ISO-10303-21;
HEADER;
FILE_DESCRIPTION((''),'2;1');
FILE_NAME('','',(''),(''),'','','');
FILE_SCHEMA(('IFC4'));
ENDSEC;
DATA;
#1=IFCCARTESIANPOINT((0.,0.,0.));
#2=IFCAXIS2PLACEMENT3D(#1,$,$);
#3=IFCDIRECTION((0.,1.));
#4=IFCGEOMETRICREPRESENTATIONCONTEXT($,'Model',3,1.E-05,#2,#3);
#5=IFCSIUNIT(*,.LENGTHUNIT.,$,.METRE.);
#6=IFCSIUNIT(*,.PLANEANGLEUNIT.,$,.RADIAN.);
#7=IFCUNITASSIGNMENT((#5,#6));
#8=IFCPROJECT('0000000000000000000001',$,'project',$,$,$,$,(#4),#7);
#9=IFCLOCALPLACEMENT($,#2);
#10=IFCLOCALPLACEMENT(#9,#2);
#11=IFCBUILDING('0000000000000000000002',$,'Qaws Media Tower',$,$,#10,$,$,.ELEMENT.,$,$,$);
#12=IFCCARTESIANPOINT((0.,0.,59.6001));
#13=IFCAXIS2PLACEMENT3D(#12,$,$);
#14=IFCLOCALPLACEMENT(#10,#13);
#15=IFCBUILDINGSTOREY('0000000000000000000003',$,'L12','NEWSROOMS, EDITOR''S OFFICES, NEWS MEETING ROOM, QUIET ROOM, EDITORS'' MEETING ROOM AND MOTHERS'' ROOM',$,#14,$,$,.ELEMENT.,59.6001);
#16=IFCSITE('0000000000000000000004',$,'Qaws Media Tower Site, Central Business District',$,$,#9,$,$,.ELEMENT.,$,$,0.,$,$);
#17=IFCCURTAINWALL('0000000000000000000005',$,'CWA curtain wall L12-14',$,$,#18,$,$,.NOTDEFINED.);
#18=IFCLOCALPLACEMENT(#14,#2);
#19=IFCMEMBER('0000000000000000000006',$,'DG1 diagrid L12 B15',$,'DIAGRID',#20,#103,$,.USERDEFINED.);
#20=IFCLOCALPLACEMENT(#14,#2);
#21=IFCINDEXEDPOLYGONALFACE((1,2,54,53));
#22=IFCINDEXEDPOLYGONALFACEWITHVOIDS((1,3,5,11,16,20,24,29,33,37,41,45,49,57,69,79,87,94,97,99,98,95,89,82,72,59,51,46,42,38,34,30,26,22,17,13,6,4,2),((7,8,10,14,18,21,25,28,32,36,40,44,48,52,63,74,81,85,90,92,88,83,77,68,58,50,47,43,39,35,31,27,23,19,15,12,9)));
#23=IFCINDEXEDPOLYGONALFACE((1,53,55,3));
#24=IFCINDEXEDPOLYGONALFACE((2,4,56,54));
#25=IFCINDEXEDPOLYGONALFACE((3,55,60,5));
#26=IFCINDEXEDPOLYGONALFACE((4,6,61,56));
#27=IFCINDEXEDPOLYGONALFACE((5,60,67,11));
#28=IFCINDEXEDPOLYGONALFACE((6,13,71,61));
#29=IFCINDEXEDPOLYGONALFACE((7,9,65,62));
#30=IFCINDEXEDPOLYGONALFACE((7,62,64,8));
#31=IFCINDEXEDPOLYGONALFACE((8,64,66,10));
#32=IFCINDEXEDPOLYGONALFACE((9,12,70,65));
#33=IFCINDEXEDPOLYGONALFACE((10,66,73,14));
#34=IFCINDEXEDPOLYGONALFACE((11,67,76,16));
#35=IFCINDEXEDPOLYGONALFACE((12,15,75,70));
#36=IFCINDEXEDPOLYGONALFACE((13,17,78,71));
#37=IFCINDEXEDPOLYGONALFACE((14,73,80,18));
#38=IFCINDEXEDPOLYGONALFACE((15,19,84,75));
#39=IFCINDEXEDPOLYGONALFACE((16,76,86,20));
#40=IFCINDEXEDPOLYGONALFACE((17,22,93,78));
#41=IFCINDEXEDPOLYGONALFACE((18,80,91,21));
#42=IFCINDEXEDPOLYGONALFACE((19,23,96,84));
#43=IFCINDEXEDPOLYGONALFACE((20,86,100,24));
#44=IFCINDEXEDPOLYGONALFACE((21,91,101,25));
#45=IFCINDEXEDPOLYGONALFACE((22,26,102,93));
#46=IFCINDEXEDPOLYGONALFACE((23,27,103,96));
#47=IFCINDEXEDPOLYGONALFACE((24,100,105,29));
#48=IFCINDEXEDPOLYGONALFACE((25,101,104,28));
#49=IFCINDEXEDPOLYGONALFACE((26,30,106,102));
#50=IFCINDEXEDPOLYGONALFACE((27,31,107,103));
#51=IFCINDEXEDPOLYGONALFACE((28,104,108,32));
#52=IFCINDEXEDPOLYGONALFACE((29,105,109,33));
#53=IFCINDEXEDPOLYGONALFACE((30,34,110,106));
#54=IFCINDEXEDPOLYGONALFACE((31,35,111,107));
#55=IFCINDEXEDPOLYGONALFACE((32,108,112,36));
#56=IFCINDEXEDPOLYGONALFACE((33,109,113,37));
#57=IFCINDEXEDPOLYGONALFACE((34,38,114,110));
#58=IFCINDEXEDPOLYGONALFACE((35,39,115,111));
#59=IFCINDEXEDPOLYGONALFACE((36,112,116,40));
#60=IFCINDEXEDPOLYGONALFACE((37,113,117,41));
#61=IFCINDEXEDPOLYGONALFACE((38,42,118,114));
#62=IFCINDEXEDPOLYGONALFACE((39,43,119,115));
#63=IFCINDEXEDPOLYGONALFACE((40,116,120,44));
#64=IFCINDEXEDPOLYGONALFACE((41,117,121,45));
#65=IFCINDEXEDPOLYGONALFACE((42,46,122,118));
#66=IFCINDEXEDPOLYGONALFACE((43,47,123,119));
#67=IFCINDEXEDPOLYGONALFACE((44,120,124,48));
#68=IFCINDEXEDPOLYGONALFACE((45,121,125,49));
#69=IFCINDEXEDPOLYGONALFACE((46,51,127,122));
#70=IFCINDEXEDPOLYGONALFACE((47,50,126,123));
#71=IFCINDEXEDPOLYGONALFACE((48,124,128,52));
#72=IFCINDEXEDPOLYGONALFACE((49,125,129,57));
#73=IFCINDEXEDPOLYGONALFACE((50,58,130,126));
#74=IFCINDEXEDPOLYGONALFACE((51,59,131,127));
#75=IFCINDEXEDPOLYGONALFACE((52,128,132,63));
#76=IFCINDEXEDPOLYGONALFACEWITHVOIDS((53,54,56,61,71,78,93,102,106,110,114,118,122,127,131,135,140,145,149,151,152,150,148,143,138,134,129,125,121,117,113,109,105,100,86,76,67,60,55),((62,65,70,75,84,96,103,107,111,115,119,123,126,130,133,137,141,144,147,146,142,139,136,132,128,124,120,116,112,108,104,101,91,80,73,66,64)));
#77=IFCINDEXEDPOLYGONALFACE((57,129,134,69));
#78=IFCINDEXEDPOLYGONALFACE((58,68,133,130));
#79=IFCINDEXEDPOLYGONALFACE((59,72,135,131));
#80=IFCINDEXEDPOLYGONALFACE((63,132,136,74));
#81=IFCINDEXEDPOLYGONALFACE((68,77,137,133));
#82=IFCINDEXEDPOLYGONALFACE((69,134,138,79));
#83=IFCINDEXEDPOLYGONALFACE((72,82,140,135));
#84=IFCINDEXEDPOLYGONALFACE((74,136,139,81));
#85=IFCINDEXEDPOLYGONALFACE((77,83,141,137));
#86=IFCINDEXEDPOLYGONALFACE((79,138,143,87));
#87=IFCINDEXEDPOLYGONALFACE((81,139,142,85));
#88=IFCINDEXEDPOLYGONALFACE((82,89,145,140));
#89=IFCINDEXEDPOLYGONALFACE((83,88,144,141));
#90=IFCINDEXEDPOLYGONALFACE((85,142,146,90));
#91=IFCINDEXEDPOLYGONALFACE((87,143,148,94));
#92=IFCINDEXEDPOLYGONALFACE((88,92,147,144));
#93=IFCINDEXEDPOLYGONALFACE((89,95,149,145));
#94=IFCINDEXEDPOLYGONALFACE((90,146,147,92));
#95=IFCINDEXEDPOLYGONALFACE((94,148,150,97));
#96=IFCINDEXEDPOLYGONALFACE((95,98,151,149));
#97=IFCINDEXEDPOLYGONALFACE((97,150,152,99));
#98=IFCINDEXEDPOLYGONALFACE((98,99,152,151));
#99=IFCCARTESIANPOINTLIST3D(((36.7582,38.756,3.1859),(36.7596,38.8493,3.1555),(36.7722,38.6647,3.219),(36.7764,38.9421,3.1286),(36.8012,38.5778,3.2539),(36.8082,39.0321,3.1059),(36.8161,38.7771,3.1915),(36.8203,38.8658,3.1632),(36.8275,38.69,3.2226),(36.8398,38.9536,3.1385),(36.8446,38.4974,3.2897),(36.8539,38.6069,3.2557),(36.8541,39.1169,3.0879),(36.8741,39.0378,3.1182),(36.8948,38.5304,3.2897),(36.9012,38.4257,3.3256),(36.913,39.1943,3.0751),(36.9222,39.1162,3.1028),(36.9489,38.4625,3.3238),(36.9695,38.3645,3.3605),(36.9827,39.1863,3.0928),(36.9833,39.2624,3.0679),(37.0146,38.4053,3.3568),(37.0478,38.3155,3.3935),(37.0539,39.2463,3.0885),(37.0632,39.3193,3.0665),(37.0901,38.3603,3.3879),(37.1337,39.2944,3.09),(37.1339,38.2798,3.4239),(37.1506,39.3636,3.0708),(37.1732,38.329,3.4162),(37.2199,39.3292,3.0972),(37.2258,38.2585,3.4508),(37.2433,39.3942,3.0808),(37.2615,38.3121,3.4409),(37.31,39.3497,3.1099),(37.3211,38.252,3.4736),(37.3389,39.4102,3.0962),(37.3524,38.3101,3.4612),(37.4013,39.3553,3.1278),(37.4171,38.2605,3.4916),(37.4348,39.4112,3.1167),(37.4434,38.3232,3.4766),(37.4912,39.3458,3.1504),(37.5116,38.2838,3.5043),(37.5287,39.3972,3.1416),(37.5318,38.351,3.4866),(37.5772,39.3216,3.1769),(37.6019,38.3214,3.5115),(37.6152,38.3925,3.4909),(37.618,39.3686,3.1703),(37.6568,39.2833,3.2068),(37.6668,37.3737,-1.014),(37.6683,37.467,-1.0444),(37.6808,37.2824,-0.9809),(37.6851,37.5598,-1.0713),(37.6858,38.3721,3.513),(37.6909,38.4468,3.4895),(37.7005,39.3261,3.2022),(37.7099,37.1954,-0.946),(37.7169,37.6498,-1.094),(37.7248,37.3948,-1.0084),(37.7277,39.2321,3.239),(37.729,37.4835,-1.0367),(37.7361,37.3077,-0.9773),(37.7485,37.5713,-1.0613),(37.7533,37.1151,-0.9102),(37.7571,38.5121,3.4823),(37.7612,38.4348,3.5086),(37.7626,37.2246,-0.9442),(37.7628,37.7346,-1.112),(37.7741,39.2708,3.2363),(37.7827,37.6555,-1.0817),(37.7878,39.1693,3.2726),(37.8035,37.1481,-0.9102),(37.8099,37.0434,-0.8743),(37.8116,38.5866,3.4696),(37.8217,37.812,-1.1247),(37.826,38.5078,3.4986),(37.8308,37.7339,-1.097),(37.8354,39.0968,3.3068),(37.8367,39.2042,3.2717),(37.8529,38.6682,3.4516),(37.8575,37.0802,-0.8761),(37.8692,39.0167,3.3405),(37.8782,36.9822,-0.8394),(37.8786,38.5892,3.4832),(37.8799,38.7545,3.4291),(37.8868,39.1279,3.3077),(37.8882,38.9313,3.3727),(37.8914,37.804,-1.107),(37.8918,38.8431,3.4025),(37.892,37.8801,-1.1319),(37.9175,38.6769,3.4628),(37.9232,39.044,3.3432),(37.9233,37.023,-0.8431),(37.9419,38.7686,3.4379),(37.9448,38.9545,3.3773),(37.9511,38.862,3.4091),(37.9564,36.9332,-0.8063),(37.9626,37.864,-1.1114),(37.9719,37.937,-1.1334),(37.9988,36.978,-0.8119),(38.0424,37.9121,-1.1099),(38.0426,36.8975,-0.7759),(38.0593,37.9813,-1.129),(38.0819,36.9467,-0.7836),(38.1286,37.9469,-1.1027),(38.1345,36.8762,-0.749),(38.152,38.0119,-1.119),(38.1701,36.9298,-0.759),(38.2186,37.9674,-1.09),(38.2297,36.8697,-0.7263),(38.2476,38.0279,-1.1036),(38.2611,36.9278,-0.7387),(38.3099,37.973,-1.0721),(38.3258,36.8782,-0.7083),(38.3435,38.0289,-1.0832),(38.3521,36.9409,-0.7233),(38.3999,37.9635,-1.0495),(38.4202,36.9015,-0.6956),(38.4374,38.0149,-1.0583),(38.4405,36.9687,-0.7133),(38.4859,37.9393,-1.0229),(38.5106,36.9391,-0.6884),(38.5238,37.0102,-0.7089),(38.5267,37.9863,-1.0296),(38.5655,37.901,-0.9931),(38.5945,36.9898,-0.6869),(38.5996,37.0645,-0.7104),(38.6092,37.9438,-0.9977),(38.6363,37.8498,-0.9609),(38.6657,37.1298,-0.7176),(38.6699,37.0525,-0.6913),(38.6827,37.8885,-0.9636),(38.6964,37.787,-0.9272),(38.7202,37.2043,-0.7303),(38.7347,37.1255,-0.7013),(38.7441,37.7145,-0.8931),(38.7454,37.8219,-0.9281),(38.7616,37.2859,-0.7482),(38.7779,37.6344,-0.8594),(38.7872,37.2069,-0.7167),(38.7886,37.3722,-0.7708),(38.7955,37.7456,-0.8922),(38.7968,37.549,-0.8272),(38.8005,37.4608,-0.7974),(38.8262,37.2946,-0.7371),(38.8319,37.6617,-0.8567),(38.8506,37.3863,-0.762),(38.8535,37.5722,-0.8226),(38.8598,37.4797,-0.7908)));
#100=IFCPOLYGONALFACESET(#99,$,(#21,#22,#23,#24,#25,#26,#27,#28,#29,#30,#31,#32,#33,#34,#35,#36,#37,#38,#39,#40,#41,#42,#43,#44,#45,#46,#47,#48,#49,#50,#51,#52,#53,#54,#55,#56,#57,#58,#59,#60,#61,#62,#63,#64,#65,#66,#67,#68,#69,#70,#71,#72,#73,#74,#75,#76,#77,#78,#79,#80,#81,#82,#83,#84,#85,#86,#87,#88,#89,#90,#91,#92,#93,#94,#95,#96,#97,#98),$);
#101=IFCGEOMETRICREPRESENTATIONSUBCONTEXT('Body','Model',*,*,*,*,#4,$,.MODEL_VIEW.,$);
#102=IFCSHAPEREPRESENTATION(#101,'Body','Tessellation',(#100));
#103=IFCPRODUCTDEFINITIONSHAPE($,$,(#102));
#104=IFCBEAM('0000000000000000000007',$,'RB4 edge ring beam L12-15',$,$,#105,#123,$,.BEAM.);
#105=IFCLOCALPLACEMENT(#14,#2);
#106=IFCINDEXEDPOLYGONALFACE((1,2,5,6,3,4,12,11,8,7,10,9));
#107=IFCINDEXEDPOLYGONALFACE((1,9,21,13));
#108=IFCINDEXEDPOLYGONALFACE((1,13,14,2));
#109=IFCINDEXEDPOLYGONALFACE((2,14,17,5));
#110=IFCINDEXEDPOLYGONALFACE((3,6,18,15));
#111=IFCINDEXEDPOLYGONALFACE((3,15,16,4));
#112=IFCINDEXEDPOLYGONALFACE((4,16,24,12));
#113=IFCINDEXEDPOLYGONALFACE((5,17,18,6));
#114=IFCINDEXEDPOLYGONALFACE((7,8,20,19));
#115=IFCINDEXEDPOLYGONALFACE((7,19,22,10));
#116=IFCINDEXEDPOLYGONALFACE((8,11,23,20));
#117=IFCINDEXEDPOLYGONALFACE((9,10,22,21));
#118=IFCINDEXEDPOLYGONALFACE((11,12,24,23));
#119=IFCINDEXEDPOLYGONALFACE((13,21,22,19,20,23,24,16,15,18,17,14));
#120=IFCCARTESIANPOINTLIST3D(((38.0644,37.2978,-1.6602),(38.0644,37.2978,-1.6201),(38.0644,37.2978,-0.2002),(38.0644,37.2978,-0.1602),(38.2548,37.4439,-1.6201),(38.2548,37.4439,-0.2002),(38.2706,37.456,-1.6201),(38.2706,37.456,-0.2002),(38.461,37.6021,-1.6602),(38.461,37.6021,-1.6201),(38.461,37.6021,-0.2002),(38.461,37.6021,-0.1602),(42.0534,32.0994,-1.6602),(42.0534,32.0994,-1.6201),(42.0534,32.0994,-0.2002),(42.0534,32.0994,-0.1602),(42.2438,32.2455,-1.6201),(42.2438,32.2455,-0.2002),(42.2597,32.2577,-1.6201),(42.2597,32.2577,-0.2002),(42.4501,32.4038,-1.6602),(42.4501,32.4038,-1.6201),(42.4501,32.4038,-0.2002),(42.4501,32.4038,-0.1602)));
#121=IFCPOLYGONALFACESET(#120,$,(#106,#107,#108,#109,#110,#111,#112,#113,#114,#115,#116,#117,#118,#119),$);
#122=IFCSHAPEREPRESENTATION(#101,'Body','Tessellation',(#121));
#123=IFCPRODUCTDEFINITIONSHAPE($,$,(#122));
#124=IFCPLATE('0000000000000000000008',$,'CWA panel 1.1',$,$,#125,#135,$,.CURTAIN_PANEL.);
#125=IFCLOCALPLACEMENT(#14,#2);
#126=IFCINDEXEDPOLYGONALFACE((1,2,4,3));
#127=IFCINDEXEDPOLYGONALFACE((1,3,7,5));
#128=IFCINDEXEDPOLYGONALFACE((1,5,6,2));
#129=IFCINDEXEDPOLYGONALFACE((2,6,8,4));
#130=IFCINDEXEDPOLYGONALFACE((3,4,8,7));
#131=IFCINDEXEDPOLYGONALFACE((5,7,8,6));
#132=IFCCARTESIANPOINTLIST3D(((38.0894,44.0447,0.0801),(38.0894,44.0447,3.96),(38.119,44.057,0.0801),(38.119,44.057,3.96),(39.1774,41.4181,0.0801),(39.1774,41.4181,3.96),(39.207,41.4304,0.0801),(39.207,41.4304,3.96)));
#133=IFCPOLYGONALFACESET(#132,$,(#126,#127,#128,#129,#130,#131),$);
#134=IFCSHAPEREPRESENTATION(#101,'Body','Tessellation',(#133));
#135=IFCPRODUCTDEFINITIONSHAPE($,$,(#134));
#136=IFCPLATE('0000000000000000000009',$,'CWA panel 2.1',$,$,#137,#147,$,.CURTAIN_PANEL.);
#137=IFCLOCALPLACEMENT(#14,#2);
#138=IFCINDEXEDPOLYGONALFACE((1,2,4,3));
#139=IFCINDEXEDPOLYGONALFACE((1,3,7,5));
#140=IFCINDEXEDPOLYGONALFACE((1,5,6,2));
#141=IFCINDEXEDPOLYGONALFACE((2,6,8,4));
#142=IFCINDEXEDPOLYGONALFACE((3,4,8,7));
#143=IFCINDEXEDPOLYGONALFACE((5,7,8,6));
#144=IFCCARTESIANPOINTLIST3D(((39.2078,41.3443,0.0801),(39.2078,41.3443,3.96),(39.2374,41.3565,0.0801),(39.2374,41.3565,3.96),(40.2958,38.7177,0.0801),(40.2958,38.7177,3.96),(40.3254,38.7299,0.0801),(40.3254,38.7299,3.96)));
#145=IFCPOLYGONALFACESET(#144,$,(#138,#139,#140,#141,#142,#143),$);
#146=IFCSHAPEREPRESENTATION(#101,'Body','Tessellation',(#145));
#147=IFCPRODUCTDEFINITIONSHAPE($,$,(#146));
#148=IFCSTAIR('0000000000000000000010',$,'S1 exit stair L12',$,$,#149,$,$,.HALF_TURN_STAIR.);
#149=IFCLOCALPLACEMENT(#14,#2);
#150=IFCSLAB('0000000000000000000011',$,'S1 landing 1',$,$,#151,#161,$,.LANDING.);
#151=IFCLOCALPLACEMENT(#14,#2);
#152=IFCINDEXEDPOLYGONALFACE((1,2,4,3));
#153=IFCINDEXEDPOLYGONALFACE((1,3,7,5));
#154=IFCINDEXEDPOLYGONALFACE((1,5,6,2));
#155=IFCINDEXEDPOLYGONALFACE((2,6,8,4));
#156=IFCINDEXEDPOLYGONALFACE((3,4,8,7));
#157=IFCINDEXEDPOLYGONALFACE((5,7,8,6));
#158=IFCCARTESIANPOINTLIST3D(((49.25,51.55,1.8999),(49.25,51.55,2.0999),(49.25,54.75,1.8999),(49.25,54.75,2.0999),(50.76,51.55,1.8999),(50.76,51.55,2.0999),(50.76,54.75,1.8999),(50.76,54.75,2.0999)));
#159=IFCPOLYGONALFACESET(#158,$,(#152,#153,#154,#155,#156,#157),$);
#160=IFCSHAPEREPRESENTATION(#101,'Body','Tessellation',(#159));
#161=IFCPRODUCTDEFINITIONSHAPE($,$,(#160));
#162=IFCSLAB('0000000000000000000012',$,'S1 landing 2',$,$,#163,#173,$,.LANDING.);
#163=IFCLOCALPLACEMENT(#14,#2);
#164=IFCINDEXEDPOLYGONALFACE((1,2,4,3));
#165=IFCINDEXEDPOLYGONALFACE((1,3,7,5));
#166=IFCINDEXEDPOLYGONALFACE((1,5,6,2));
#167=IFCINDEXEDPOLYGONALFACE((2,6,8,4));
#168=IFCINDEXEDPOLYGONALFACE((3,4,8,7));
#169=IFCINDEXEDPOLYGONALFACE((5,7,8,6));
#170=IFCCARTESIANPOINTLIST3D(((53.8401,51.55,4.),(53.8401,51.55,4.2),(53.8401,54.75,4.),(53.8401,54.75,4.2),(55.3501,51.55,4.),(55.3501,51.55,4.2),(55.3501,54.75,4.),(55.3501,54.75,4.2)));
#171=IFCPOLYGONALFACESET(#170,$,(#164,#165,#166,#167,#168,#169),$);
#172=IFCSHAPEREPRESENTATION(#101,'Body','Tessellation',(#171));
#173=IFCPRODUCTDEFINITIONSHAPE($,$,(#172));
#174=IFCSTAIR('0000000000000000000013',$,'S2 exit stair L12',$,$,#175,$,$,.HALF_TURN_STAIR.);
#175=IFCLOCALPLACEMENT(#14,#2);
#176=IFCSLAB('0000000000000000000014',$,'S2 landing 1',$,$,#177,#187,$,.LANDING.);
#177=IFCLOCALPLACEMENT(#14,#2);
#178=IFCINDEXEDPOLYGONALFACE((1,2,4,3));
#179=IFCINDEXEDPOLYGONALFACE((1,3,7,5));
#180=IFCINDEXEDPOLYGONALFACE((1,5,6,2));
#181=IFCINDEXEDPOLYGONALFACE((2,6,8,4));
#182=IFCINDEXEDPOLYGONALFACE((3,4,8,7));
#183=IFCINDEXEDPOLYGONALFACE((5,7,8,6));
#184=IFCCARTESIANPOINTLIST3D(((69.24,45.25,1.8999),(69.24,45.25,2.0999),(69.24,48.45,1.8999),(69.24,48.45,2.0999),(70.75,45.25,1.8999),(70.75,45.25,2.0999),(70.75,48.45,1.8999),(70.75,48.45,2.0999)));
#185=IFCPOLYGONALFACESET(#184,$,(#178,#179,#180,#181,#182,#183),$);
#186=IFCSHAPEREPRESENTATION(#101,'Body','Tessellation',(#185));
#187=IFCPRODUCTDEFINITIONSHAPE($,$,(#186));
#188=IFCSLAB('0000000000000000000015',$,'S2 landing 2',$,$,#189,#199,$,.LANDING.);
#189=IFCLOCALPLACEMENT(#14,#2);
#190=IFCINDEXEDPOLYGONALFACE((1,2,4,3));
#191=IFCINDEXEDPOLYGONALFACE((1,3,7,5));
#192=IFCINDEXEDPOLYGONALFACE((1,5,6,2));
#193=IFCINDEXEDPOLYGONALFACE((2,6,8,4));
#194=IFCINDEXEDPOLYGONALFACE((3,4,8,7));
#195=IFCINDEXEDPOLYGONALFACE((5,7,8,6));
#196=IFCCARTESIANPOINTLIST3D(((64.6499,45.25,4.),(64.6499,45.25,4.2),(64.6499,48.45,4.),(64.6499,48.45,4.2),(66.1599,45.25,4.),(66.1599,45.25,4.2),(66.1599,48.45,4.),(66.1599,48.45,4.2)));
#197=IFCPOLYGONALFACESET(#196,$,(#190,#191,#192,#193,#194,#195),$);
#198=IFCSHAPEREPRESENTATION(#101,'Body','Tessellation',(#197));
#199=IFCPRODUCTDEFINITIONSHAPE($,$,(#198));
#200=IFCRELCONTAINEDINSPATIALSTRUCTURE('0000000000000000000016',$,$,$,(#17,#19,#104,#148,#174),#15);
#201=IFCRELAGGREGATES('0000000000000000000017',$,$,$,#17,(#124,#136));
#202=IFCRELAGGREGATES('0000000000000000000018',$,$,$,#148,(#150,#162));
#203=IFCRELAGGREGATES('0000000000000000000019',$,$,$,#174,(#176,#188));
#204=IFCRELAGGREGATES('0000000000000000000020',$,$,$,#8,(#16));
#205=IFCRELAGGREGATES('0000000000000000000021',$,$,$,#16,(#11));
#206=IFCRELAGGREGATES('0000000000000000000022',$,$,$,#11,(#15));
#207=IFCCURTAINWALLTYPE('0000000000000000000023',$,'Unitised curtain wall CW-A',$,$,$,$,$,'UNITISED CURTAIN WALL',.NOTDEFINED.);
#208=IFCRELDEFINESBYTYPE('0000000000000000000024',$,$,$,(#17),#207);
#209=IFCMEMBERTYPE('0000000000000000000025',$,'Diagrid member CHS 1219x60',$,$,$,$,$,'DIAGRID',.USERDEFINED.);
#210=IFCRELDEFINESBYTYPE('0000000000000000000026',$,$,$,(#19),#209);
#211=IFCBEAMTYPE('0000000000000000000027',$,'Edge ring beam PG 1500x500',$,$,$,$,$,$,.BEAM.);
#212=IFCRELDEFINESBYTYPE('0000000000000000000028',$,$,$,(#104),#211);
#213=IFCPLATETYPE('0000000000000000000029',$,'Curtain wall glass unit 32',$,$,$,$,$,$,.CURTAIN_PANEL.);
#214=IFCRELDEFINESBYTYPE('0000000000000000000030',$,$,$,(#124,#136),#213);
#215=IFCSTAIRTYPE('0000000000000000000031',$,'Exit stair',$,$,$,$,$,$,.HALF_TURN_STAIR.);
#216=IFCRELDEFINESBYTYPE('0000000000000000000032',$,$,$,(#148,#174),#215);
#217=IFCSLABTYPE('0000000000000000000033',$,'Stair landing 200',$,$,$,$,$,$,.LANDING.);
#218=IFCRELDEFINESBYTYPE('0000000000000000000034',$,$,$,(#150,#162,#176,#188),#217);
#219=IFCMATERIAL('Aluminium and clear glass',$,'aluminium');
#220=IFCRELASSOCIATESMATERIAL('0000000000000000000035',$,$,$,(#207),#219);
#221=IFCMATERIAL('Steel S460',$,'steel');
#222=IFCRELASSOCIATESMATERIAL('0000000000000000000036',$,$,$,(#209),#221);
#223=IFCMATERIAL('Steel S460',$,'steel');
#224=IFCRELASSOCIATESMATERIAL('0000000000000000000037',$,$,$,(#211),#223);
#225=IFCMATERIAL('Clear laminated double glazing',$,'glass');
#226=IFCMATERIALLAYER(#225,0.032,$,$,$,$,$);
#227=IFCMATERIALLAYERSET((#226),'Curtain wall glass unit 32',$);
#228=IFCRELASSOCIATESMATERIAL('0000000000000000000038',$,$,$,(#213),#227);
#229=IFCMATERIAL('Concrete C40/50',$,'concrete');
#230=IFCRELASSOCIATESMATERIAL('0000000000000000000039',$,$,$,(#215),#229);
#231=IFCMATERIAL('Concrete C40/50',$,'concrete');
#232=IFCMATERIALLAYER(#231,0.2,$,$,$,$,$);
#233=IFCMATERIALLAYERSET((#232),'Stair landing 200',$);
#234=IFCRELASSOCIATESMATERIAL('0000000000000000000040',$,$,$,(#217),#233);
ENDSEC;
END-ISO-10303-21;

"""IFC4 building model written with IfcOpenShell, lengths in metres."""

from ifc_helpers import new_model, si_unit, direction, frame, origin, origin_2d, place, context, subcontext, project, spatial, polyline, rectangle, hollow_circle, i_section, outline, extrude, material, layer, layer_set, material_profile, profile_set, type_object, element, aggregate, save


model = new_model("IFC4")

# Units and contexts
model_context = context("Model", 3, precision=1e-05, world=origin(), true_north=direction((0.0, 1.0)))
body_context = subcontext(model_context, "Body", "Model", "MODEL_VIEW")
ifc_project = project(units=[si_unit("LENGTHUNIT", "METRE"), si_unit("PLANEANGLEUNIT", "RADIAN")], contexts=[model_context])

# Site, building, storey
site_placement = place(None, origin())
site = spatial("IfcSite", under=ifc_project, at=site_placement, Name="Qaws Media Tower Site, Central Business District", CompositionType="ELEMENT", RefElevation=0.0)
building_placement = place(site_placement, origin())
building = spatial("IfcBuilding", under=site, at=building_placement, Name="Qaws Media Tower", CompositionType="ELEMENT")
storey_placement = place(building_placement, frame((0.0, 0.0, 59.6001)))
storey = spatial("IfcBuildingStorey", under=building, at=storey_placement, Name="L12", Description="NEWSROOMS, EDITOR'S OFFICES, NEWS MEETING ROOM, QUIET ROOM, EDITORS' MEETING ROOM AND MOTHERS' ROOM", CompositionType="ELEMENT", Elevation=59.6001)

# Curtain wall
ifc_material_1 = material(Name="Aluminium and clear glass", Category="aluminium")
curtain_wall_type = type_object("IfcCurtainWallType", Name="Unitised curtain wall CW-A", ElementType="UNITISED CURTAIN WALL", PredefinedType="NOTDEFINED", material=ifc_material_1)
curtain_wall_placement = place(storey_placement, origin())
curtain_wall = element("IfcCurtainWall", 1, at=curtain_wall_placement, inside=storey, type_object=curtain_wall_type, Name="CWA curtain wall L12-14", PredefinedType="NOTDEFINED")

# Member
ifc_material_2 = material(Name="Steel S460", Category="steel")
ifc_material_profile_1 = material_profile(ifc_material_2, hollow_circle(Radius=0.6096, WallThickness=0.0601, at=origin_2d()), Name="CHS 1219x60")
ifc_profile_set_1 = profile_set([ifc_material_profile_1], Name="Steel S460")
member_type_1 = type_object("IfcMemberType", Name="Diagrid member CHS 1219x60", ElementType="DIAGRID", PredefinedType="USERDEFINED", material=ifc_profile_set_1)
for number, where, z_axis, x_axis, name in (
    (2, (38.2627, 37.45, -0.9102), (-0.201305, 0.306231, 0.930429), (-0.83562, -0.549307, 0.0), "DG1 diagrid L12 B15"),
):
    element("IfcMember", number, at=place(storey_placement, frame(where, z_axis=z_axis, x_axis=x_axis)), inside=storey, type_object=member_type_1, Name=name, ObjectType="DIAGRID", PredefinedType="USERDEFINED", context=body_context, shape_type="SweptSolid", body=[
        extrude(hollow_circle(Radius=0.6096, WallThickness=0.0601, at=origin_2d()), origin(), (0.0, 0.0, 1.0), 4.5139),
    ])

# Beam
ifc_material_3 = material(Name="Steel S460", Category="steel")
ifc_material_profile_2 = material_profile(ifc_material_3, i_section(OverallWidth=0.5, OverallDepth=1.5, WebThickness=0.02, FlangeThickness=0.04, at=origin_2d()), Name="PG 1500x500")
ifc_profile_set_2 = profile_set([ifc_material_profile_2], Name="Steel S460")
beam_type = type_object("IfcBeamType", Name="Edge ring beam PG 1500x500", PredefinedType="BEAM", material=ifc_profile_set_2)
beam_placement = place(storey_placement, frame((38.2627, 37.45, -0.9102), z_axis=(0.608787, -0.793334, 0.0), x_axis=(0.793334, 0.608787, 0.0)))
element("IfcBeam", 3, at=beam_placement, inside=storey, type_object=beam_type, Name="RB4 edge ring beam L12-15", PredefinedType="BEAM", context=body_context, shape_type="SweptSolid", body=[
    extrude(i_section(OverallWidth=0.5, OverallDepth=1.5, WebThickness=0.02, FlangeThickness=0.04, at=origin_2d()), origin(), (0.0, 0.0, 1.0), 6.5525),
])

# Plates
ifc_material_4 = material(Name="Clear laminated double glazing", Category="glass")
ifc_layer_1 = layer(ifc_material_4, 0.032)
ifc_layer_set_1 = layer_set([ifc_layer_1], Name="Curtain wall glass unit 32")
plate_type = type_object("IfcPlateType", Name="Curtain wall glass unit 32", PredefinedType="CURTAIN_PANEL", material=ifc_layer_set_1)
plate_1_placement = place(storey_placement, frame((38.6482, 42.7375, 0.0801), z_axis=(0.0, 0.0, 1.0), x_axis=(0.382683, -0.92388, 0.0)))
plate_1 = element("IfcPlate", 4, at=plate_1_placement, type_object=plate_type, Name="CWA panel 1.1", PredefinedType="CURTAIN_PANEL", context=body_context, shape_type="SweptSolid", body=[
    extrude(rectangle(XDim=2.843, YDim=0.032, at=origin_2d()), origin(), (0.0, 0.0, 1.0), 3.8799),
])
plate_2_placement = place(storey_placement, frame((39.7666, 40.0371, 0.0801), z_axis=(0.0, 0.0, 1.0), x_axis=(0.382683, -0.92388, 0.0)))
plate_2 = element("IfcPlate", 5, at=plate_2_placement, type_object=plate_type, Name="CWA panel 2.1", PredefinedType="CURTAIN_PANEL", context=body_context, shape_type="SweptSolid", body=[
    extrude(rectangle(XDim=2.843, YDim=0.032, at=origin_2d()), origin(), (0.0, 0.0, 1.0), 3.8799),
])
aggregate(curtain_wall, [plate_1, plate_2])

# Stairs, slabs
ifc_material_5 = material(Name="Concrete C40/50", Category="concrete")
stair_type = type_object("IfcStairType", Name="Exit stair", PredefinedType="HALF_TURN_STAIR", material=ifc_material_5)
stair_1_placement = place(storey_placement, origin())
stair_1 = element("IfcStair", 6, at=stair_1_placement, inside=storey, type_object=stair_type, Name="S1 exit stair L12", PredefinedType="HALF_TURN_STAIR")
ifc_material_6 = material(Name="Concrete C40/50", Category="concrete")
ifc_layer_2 = layer(ifc_material_6, 0.2)
ifc_layer_set_2 = layer_set([ifc_layer_2], Name="Stair landing 200")
slab_type = type_object("IfcSlabType", Name="Stair landing 200", PredefinedType="LANDING", material=ifc_layer_set_2)
slab_1_placement = place(storey_placement, frame((0.0, 0.0, 1.8999)))
slab_1 = element("IfcSlab", 7, at=slab_1_placement, type_object=slab_type, Name="S1 landing 1", PredefinedType="LANDING", context=body_context, shape_type="SweptSolid", body=[
    extrude(outline(polyline([(49.25, 51.55), (50.76, 51.55), (50.76, 54.75), (49.25, 54.75), (49.25, 51.55)])), origin(), (0.0, 0.0, 1.0), 0.2),
])
slab_2_placement = place(storey_placement, frame((0.0, 0.0, 4.0)))
slab_2 = element("IfcSlab", 8, at=slab_2_placement, type_object=slab_type, Name="S1 landing 2", PredefinedType="LANDING", context=body_context, shape_type="SweptSolid", body=[
    extrude(outline(polyline([(53.8401, 51.55), (55.3501, 51.55), (55.3501, 54.75), (53.8401, 54.75), (53.8401, 51.55)])), origin(), (0.0, 0.0, 1.0), 0.2),
])
aggregate(stair_1, [slab_1, slab_2])
stair_2_placement = place(storey_placement, origin())
stair_2 = element("IfcStair", 9, at=stair_2_placement, inside=storey, type_object=stair_type, Name="S2 exit stair L12", PredefinedType="HALF_TURN_STAIR")
slab_3_placement = place(storey_placement, frame((0.0, 0.0, 1.8999)))
slab_3 = element("IfcSlab", 10, at=slab_3_placement, type_object=slab_type, Name="S2 landing 1", PredefinedType="LANDING", context=body_context, shape_type="SweptSolid", body=[
    extrude(outline(polyline([(69.24, 45.25), (70.75, 45.25), (70.75, 48.45), (69.24, 48.45), (69.24, 45.25)])), origin(), (0.0, 0.0, 1.0), 0.2),
])
slab_4_placement = place(storey_placement, frame((0.0, 0.0, 4.0)))
slab_4 = element("IfcSlab", 11, at=slab_4_placement, type_object=slab_type, Name="S2 landing 2", PredefinedType="LANDING", context=body_context, shape_type="SweptSolid", body=[
    extrude(outline(polyline([(64.6499, 45.25), (66.1599, 45.25), (66.1599, 48.45), (64.6499, 48.45), (64.6499, 45.25)])), origin(), (0.0, 0.0, 1.0), 0.2),
])
aggregate(stair_2, [slab_3, slab_4])

save(model, "model.ifc")
